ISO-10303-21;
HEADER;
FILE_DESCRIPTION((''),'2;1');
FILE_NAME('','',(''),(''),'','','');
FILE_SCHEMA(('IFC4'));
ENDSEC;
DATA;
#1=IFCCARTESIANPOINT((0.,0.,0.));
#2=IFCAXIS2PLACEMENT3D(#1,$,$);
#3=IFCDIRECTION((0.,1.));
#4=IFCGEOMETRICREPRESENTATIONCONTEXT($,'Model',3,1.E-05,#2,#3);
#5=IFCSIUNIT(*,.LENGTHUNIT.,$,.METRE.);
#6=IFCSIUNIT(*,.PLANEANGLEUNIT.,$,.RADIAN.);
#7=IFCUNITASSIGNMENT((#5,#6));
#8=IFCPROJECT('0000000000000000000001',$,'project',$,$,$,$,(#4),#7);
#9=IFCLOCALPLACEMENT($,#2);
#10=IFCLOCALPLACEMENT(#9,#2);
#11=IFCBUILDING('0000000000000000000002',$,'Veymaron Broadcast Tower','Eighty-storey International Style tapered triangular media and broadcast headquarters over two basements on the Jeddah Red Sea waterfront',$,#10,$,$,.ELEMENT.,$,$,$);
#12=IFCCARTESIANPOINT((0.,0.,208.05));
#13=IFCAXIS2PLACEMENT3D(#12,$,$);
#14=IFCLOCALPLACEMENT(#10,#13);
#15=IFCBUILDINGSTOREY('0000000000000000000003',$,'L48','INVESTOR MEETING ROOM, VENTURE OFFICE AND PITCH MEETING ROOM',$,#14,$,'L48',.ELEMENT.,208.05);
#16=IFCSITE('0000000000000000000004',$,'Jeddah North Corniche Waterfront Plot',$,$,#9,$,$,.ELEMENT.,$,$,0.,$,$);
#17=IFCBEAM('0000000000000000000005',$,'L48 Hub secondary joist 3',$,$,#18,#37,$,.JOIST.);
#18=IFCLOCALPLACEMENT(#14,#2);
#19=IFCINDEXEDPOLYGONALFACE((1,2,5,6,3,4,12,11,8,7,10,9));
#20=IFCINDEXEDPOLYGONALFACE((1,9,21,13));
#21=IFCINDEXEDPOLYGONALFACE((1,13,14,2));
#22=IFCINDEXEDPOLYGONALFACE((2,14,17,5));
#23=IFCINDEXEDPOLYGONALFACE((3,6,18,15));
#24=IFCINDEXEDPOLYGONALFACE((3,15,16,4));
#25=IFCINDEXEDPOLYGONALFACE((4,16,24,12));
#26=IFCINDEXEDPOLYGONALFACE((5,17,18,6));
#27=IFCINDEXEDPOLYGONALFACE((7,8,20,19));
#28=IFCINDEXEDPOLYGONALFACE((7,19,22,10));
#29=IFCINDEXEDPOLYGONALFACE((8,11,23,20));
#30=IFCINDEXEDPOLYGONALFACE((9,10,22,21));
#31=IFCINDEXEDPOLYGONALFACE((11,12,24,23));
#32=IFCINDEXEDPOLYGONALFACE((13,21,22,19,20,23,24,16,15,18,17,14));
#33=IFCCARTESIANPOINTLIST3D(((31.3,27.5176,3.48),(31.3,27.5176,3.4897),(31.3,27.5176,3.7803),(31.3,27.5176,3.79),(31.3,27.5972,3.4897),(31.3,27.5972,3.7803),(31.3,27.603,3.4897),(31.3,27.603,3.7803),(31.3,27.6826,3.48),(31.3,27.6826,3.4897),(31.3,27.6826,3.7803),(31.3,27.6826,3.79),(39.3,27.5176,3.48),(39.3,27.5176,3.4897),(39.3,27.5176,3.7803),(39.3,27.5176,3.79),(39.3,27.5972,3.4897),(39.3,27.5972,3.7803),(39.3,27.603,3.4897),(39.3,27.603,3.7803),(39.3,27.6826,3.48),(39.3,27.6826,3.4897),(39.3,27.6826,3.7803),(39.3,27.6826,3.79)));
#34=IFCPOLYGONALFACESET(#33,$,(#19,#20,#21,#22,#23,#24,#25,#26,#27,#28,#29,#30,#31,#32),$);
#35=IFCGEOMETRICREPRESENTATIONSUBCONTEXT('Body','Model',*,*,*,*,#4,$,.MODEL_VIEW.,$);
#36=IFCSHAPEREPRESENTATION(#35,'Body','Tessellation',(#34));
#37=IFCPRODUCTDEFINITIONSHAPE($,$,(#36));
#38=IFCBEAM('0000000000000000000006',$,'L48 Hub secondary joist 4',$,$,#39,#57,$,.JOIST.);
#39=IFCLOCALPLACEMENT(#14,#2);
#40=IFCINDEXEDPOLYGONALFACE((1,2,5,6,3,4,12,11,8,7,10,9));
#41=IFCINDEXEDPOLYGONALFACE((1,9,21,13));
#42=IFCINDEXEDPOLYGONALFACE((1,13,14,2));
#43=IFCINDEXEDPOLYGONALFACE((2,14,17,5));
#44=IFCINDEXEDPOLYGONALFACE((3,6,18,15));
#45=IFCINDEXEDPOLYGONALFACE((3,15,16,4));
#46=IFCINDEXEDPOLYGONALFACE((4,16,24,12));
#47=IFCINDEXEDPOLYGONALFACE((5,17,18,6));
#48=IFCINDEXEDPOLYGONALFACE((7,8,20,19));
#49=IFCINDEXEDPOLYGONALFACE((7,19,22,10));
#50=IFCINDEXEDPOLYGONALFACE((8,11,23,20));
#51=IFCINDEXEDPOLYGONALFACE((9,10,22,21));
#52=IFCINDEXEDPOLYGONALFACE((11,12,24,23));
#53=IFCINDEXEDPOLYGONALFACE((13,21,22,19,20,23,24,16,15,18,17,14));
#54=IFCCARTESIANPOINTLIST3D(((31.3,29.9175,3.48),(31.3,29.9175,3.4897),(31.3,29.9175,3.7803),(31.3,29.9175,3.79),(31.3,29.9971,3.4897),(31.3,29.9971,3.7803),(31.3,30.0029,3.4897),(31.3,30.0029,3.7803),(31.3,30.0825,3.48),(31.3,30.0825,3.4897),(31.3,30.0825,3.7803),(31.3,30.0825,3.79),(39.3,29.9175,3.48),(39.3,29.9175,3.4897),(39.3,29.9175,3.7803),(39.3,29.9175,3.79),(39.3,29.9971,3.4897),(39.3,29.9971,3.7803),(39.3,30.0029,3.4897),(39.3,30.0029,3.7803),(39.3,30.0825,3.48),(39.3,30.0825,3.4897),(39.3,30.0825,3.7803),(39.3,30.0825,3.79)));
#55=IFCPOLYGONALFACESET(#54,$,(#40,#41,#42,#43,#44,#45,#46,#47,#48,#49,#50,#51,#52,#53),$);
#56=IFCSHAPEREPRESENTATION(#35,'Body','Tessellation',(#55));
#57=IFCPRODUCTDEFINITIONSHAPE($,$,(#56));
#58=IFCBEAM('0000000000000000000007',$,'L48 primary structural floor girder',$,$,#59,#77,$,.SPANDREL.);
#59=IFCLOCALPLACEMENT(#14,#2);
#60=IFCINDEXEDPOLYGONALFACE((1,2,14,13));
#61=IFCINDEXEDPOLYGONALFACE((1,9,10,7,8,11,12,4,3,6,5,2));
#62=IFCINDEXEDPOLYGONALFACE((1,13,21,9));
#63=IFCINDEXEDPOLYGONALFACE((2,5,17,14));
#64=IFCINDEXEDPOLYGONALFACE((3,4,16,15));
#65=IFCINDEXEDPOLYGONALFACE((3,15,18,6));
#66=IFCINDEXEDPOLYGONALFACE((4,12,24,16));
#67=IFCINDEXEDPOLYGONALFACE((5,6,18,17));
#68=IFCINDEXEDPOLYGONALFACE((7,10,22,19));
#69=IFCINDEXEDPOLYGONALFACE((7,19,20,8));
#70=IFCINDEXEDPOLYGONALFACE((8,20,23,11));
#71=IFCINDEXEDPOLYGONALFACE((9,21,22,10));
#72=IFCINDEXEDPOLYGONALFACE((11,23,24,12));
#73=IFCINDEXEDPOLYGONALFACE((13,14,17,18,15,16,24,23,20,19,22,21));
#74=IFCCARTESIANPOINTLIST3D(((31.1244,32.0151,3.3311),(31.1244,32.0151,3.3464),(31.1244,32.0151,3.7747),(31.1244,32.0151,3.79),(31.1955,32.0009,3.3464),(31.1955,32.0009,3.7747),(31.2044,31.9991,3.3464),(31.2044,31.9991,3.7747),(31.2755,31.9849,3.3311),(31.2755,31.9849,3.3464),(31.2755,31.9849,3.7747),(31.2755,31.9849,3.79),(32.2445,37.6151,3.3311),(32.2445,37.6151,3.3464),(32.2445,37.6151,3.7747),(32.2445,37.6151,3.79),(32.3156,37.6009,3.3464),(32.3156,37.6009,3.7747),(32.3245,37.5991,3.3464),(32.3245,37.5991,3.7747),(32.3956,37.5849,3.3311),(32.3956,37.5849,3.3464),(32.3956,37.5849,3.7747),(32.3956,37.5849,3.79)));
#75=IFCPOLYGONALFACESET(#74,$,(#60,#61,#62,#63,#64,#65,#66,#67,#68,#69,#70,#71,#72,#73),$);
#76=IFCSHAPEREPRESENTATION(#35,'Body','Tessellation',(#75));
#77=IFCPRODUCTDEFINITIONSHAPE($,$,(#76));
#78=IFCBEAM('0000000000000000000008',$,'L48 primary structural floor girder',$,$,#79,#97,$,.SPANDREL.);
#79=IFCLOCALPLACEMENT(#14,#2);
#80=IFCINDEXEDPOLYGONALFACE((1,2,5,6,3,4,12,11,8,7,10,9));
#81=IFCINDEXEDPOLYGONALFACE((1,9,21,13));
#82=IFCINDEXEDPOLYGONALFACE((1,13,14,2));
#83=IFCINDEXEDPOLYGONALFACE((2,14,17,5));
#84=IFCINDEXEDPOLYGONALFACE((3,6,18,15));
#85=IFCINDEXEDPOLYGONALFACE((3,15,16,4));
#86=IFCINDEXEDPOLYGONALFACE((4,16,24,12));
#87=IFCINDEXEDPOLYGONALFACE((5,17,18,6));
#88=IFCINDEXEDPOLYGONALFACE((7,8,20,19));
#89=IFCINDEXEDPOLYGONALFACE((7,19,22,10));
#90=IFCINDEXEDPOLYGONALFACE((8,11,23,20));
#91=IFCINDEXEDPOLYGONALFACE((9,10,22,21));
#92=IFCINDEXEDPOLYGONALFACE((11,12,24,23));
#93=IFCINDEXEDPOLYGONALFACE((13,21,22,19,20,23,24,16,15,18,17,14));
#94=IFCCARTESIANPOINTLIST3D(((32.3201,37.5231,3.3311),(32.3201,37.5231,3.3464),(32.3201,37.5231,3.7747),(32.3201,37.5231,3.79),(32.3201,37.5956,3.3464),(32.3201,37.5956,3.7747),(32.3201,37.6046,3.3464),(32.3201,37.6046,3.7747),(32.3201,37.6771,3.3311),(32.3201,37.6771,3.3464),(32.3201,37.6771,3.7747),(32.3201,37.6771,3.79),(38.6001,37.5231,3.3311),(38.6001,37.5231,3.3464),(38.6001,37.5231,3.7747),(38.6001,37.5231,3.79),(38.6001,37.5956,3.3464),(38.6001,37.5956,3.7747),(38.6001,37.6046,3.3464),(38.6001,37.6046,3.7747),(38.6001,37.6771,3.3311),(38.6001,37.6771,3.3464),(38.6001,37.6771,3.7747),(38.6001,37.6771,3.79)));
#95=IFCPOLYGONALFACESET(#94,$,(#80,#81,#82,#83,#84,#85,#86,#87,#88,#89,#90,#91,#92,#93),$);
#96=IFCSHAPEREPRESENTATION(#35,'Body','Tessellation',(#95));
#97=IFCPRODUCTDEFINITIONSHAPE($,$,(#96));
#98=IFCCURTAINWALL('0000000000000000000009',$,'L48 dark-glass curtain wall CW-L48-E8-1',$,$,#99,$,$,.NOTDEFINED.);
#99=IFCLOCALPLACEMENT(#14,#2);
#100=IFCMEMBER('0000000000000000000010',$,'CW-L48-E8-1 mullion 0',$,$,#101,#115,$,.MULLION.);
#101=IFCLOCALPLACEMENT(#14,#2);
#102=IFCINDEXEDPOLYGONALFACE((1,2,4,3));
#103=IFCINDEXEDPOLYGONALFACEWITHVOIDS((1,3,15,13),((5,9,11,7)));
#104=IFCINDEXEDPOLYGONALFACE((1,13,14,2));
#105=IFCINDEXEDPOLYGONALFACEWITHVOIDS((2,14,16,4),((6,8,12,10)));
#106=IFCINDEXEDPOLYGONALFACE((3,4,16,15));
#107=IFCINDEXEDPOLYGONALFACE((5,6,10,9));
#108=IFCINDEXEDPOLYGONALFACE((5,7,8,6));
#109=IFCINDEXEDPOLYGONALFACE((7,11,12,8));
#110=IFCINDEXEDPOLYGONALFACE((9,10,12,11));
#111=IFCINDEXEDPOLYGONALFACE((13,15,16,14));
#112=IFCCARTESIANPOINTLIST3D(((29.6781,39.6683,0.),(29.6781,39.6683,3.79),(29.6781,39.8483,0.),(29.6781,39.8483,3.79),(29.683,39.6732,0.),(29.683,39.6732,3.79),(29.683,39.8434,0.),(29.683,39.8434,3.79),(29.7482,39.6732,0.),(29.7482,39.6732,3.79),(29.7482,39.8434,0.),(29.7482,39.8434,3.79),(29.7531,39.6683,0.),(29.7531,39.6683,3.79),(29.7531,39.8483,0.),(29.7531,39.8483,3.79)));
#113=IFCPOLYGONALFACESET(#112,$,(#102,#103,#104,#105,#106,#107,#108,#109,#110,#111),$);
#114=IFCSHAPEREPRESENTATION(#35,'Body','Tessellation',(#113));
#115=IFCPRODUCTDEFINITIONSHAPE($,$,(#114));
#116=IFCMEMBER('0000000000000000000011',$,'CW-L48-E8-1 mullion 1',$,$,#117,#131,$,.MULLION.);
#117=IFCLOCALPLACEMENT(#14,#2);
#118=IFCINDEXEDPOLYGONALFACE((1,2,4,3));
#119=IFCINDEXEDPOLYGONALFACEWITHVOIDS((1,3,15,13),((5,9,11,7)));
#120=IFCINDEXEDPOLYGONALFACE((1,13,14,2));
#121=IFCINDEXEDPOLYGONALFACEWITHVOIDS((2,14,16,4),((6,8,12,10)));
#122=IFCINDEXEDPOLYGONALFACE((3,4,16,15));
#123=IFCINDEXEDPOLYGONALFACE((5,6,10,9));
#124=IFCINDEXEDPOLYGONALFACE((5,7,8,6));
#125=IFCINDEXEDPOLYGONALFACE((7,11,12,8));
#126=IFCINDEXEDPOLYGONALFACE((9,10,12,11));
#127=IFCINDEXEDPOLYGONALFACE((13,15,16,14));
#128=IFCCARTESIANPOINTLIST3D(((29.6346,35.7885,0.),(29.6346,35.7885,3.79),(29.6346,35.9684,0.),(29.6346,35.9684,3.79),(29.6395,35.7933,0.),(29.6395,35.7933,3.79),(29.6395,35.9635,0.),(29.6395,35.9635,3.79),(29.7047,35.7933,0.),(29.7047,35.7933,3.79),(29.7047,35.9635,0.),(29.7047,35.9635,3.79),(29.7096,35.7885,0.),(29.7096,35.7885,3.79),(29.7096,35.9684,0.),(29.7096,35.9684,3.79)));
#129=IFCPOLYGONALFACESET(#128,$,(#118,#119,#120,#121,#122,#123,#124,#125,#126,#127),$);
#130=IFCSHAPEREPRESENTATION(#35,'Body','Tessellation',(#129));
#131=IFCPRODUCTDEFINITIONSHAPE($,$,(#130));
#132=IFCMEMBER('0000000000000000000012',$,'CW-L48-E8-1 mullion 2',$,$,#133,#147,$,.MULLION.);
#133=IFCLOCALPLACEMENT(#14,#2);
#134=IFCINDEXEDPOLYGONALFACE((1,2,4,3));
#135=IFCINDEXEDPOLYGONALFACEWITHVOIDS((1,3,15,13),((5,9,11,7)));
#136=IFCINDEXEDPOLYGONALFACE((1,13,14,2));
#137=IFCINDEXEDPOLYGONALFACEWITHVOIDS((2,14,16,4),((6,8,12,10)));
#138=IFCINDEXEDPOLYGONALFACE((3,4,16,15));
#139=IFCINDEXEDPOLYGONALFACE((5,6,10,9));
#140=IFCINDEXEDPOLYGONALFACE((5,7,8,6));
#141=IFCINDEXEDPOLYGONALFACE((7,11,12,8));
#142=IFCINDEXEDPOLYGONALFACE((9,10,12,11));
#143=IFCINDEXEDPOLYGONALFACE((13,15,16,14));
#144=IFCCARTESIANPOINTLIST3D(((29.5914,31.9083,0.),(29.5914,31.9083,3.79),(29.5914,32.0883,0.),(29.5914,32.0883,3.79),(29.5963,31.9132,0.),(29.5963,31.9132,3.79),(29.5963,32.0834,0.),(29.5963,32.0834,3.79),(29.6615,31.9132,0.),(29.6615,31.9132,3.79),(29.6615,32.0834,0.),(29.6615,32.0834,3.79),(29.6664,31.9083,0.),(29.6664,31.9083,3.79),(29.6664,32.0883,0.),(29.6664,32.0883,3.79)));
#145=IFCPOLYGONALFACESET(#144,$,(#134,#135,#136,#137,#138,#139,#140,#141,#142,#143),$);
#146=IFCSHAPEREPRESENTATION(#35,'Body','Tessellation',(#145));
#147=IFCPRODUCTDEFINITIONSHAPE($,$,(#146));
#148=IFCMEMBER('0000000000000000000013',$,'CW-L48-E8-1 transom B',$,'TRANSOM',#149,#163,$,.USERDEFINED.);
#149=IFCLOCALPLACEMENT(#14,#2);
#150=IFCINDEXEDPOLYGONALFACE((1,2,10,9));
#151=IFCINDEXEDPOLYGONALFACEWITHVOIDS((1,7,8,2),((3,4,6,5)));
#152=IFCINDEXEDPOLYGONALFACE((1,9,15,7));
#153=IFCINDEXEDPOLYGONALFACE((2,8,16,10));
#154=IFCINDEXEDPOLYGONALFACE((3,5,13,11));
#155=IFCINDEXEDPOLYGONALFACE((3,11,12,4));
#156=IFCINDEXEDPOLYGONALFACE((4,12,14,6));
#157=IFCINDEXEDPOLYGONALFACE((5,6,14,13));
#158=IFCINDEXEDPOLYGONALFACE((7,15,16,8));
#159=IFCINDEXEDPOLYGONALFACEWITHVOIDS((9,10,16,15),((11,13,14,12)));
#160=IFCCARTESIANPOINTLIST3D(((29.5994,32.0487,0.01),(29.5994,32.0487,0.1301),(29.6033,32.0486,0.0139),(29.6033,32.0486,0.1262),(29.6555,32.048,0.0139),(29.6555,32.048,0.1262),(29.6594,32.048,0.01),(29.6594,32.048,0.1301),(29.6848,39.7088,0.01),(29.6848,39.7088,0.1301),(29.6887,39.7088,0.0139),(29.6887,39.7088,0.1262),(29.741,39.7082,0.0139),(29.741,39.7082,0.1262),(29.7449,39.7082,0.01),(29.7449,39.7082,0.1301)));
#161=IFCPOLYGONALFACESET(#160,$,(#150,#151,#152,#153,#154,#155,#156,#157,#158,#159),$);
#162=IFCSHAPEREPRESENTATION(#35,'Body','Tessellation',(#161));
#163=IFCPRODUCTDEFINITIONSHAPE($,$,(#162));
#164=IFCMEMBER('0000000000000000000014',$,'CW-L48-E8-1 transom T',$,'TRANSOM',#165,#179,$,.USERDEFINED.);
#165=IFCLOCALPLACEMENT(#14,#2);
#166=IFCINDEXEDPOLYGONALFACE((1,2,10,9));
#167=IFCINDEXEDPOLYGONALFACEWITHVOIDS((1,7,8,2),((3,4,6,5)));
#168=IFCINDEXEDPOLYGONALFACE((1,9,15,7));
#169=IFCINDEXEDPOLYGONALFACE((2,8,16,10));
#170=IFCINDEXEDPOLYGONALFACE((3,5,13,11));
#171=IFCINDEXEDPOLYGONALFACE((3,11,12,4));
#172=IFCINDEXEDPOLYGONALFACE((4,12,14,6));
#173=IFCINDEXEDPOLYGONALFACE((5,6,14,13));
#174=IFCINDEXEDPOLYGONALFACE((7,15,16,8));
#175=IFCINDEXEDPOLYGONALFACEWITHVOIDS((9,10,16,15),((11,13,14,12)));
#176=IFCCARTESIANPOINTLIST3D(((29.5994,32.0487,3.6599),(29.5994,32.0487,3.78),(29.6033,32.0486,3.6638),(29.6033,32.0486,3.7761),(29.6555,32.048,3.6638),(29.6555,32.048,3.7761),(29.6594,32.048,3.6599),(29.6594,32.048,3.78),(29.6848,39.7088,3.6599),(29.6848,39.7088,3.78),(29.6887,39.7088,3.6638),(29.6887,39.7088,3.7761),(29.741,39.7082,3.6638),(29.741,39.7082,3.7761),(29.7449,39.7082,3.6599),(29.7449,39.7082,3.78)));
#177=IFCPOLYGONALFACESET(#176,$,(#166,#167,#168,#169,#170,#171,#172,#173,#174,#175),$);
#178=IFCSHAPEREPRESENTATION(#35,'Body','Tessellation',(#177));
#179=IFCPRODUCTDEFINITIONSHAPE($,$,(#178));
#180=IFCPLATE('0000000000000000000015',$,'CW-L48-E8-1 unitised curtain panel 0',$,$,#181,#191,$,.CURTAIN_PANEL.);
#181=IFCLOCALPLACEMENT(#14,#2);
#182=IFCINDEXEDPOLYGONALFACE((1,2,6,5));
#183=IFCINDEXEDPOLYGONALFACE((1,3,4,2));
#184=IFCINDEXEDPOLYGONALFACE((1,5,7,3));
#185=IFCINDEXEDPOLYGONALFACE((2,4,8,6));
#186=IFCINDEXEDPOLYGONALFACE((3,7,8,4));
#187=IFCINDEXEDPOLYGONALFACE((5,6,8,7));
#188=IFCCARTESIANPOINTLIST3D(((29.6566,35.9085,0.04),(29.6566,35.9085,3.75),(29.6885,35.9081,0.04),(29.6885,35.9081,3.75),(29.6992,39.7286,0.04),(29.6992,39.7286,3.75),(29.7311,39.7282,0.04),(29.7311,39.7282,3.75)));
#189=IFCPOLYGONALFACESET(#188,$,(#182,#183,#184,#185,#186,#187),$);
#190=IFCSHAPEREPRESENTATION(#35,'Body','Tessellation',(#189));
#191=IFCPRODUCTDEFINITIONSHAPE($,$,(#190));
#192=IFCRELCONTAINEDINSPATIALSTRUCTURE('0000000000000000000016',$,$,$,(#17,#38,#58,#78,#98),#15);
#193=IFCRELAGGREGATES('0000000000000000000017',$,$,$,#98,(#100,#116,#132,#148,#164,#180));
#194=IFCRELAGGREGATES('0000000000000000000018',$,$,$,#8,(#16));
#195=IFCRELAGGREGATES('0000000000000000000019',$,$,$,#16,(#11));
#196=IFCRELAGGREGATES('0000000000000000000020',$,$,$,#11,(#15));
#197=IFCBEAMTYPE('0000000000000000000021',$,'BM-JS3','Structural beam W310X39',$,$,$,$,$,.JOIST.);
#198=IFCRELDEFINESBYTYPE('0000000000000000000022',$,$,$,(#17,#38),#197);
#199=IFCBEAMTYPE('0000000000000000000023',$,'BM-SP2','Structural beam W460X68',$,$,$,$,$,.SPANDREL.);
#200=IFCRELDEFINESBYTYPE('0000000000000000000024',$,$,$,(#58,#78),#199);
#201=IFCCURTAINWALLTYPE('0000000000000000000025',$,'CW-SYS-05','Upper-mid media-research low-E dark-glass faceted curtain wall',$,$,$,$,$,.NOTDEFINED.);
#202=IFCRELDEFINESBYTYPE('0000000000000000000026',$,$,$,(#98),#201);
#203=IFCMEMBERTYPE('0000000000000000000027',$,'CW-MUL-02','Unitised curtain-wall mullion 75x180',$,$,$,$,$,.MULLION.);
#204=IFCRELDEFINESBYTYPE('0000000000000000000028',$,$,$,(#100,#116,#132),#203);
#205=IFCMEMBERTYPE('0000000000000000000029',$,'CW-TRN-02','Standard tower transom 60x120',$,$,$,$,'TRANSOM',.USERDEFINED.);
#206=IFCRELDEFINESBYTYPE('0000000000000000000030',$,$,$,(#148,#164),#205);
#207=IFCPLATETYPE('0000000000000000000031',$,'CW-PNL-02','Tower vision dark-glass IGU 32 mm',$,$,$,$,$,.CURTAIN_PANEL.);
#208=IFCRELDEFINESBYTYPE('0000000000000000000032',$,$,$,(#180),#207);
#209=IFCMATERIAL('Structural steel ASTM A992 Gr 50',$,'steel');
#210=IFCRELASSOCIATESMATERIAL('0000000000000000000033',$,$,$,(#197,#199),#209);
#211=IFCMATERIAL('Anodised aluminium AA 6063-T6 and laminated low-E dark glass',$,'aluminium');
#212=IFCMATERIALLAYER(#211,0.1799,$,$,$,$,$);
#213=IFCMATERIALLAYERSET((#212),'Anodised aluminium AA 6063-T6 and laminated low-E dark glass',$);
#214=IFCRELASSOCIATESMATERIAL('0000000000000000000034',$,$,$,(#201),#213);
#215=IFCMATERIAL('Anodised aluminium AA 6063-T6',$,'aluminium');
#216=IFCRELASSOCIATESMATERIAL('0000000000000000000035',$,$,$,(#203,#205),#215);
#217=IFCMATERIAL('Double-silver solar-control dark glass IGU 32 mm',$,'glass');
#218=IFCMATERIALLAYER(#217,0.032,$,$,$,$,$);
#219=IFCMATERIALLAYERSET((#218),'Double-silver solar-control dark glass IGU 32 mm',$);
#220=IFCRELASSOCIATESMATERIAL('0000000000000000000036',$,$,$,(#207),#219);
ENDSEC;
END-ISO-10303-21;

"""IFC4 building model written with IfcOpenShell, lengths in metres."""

from ifc_helpers import new_model, si_unit, direction, frame, origin, origin_2d, place, context, subcontext, project, spatial, rectangle, hollow_rectangle, i_section, extrude, material, layer, layer_set, material_profile, profile_set, type_object, element, aggregate, save


model = new_model("IFC4")

# Units and contexts
model_context = context("Model", 3, precision=1e-05, world=origin(), true_north=direction((0.0, 1.0)))
body_context = subcontext(model_context, "Body", "Model", "MODEL_VIEW")
ifc_project = project(units=[si_unit("LENGTHUNIT", "METRE"), si_unit("PLANEANGLEUNIT", "RADIAN")], contexts=[model_context])

# Site, building, storey
site_placement = place(None, origin())
site = spatial("IfcSite", under=ifc_project, at=site_placement, Name="Jeddah North Corniche Waterfront Plot", CompositionType="ELEMENT", RefElevation=0.0)
building_placement = place(site_placement, origin())
building = spatial("IfcBuilding", under=site, at=building_placement, Name="Veymaron Broadcast Tower", Description="Eighty-storey International Style tapered triangular media and broadcast headquarters over two basements on the Jeddah Red Sea waterfront", CompositionType="ELEMENT")
storey_placement = place(building_placement, frame((0.0, 0.0, 208.05)))
storey = spatial("IfcBuildingStorey", under=building, at=storey_placement, Name="L48", Description="INVESTOR MEETING ROOM, VENTURE OFFICE AND PITCH MEETING ROOM", LongName="L48", CompositionType="ELEMENT", Elevation=208.05)

# Shared definitions
ifc_material_1 = material(Name="Structural steel ASTM A992 Gr 50", Category="steel")

# Beams
ifc_material_profile_1 = material_profile(ifc_material_1, i_section(OverallWidth=0.165, OverallDepth=0.3101, WebThickness=0.0059, FlangeThickness=0.0098, at=origin_2d()), Name="W310X39")
ifc_profile_set_1 = profile_set([ifc_material_profile_1], Name="Structural steel ASTM A992 Gr 50")
beam_type_1 = type_object("IfcBeamType", Name="BM-JS3", Description="Structural beam W310X39", PredefinedType="JOIST", material=ifc_profile_set_1)
for number, where, z_axis, x_axis, name in (
    (1, (31.3, 27.6001, 3.635), (1.0, 0.0, 0.0), (0.0, 1.0, 0.0), "L48 Hub secondary joist 3"),
    (2, (31.3, 30.0, 3.635), (1.0, 0.0, 0.0), (0.0, 1.0, 0.0), "L48 Hub secondary joist 4"),
):
    element("IfcBeam", number, at=place(storey_placement, frame(where, z_axis=z_axis, x_axis=x_axis)), inside=storey, type_object=beam_type_1, Name=name, PredefinedType="JOIST", context=body_context, shape_type="SweptSolid", body=[
        extrude(i_section(OverallWidth=0.165, OverallDepth=0.3101, WebThickness=0.0059, FlangeThickness=0.0098, at=origin_2d()), origin(), (0.0, 0.0, 1.0), 8.0),
    ])
ifc_material_profile_2 = material_profile(ifc_material_1, i_section(OverallWidth=0.1541, OverallDepth=0.459, WebThickness=0.009, FlangeThickness=0.0154, at=origin_2d()), Name="W460X68")
ifc_profile_set_2 = profile_set([ifc_material_profile_2], Name="Structural steel ASTM A992 Gr 50")
beam_type_2 = type_object("IfcBeamType", Name="BM-SP2", Description="Structural beam W460X68", PredefinedType="SPANDREL", material=ifc_profile_set_2)
beam_1_placement = place(storey_placement, frame((31.2, 32.0, 3.5605), z_axis=(0.196133, 0.980577, 0.0), x_axis=(-0.980577, 0.196133, 0.0)))
element("IfcBeam", 3, at=beam_1_placement, inside=storey, type_object=beam_type_2, Name="L48 primary structural floor girder", PredefinedType="SPANDREL", context=body_context, shape_type="SweptSolid", body=[
    extrude(i_section(OverallWidth=0.1541, OverallDepth=0.459, WebThickness=0.009, FlangeThickness=0.0154, at=origin_2d()), origin(), (0.0, 0.0, 1.0), 5.7109),
])
beam_2_placement = place(storey_placement, frame((32.3201, 37.6001, 3.5605), z_axis=(1.0, 0.0, 0.0), x_axis=(0.0, 1.0, 0.0)))
element("IfcBeam", 4, at=beam_2_placement, inside=storey, type_object=beam_type_2, Name="L48 primary structural floor girder", PredefinedType="SPANDREL", context=body_context, shape_type="SweptSolid", body=[
    extrude(i_section(OverallWidth=0.1541, OverallDepth=0.459, WebThickness=0.009, FlangeThickness=0.0154, at=origin_2d()), origin(), (0.0, 0.0, 1.0), 6.28),
])

# Curtain wall, members, plate
ifc_material_2 = material(Name="Anodised aluminium AA 6063-T6 and laminated low-E dark glass", Category="aluminium")
ifc_layer_1 = layer(ifc_material_2, 0.1799)
ifc_layer_set_1 = layer_set([ifc_layer_1], Name="Anodised aluminium AA 6063-T6 and laminated low-E dark glass")
curtain_wall_type = type_object("IfcCurtainWallType", Name="CW-SYS-05", Description="Upper-mid media-research low-E dark-glass faceted curtain wall", PredefinedType="NOTDEFINED", material=ifc_layer_set_1)
curtain_wall_placement = place(storey_placement, origin())
curtain_wall = element("IfcCurtainWall", 5, at=curtain_wall_placement, inside=storey, type_object=curtain_wall_type, Name="L48 dark-glass curtain wall CW-L48-E8-1", PredefinedType="NOTDEFINED")
ifc_material_3 = material(Name="Anodised aluminium AA 6063-T6", Category="aluminium")
ifc_material_profile_3 = material_profile(ifc_material_3, hollow_rectangle(XDim=0.075, YDim=0.1799, WallThickness=0.0049, at=origin_2d()), Name="AL180X75X5")
ifc_profile_set_3 = profile_set([ifc_material_profile_3], Name="Anodised aluminium AA 6063-T6")
member_type_1 = type_object("IfcMemberType", Name="CW-MUL-02", Description="Unitised curtain-wall mullion 75x180", PredefinedType="MULLION", material=ifc_profile_set_3)
member_1_placement = place(storey_placement, frame((29.7156, 39.7583, 0.0), z_axis=(0.0, 0.0, 1.0), x_axis=(1.0, 0.0, 0.0)))
member_1 = element("IfcMember", 6, at=member_1_placement, type_object=member_type_1, Name="CW-L48-E8-1 mullion 0", PredefinedType="MULLION", context=body_context, shape_type="SweptSolid", body=[
    extrude(hollow_rectangle(XDim=0.075, YDim=0.1799, WallThickness=0.0049, at=origin_2d()), origin(), (0.0, 0.0, 1.0), 3.79),
])
member_2_placement = place(storey_placement, frame((29.6721, 35.8784, 0.0), z_axis=(0.0, 0.0, 1.0), x_axis=(1.0, 0.0, 0.0)))
member_2 = element("IfcMember", 7, at=member_2_placement, type_object=member_type_1, Name="CW-L48-E8-1 mullion 1", PredefinedType="MULLION", context=body_context, shape_type="SweptSolid", body=[
    extrude(hollow_rectangle(XDim=0.075, YDim=0.1799, WallThickness=0.0049, at=origin_2d()), origin(), (0.0, 0.0, 1.0), 3.79),
])
member_3_placement = place(storey_placement, frame((29.6289, 31.9983, 0.0), z_axis=(0.0, 0.0, 1.0), x_axis=(1.0, 0.0, 0.0)))
member_3 = element("IfcMember", 8, at=member_3_placement, type_object=member_type_1, Name="CW-L48-E8-1 mullion 2", PredefinedType="MULLION", context=body_context, shape_type="SweptSolid", body=[
    extrude(hollow_rectangle(XDim=0.075, YDim=0.1799, WallThickness=0.0049, at=origin_2d()), origin(), (0.0, 0.0, 1.0), 3.79),
])
ifc_material_profile_4 = material_profile(ifc_material_3, hollow_rectangle(XDim=0.0601, YDim=0.1201, WallThickness=0.0039, at=origin_2d()), Name="AL120X60X4")
ifc_profile_set_4 = profile_set([ifc_material_profile_4], Name="Anodised aluminium AA 6063-T6")
member_type_2 = type_object("IfcMemberType", Name="CW-TRN-02", Description="Standard tower transom 60x120", ElementType="TRANSOM", PredefinedType="USERDEFINED", material=ifc_profile_set_4)
member_4_placement = place(storey_placement, frame((29.7148, 39.7085, 0.0701), z_axis=(-0.011154, -0.999938, 0.0), x_axis=(0.999938, -0.011154, 0.0)))
member_4 = element("IfcMember", 9, at=member_4_placement, type_object=member_type_2, Name="CW-L48-E8-1 transom B", ObjectType="TRANSOM", PredefinedType="USERDEFINED", context=body_context, shape_type="SweptSolid", body=[
    extrude(hollow_rectangle(XDim=0.0601, YDim=0.1201, WallThickness=0.0039, at=origin_2d()), origin(), (0.0, 0.0, 1.0), 7.6606),
])
member_5_placement = place(storey_placement, frame((29.7148, 39.7085, 3.72), z_axis=(-0.011154, -0.999938, 0.0), x_axis=(0.999938, -0.011154, 0.0)))
member_5 = element("IfcMember", 10, at=member_5_placement, type_object=member_type_2, Name="CW-L48-E8-1 transom T", ObjectType="TRANSOM", PredefinedType="USERDEFINED", context=body_context, shape_type="SweptSolid", body=[
    extrude(hollow_rectangle(XDim=0.0601, YDim=0.1201, WallThickness=0.0039, at=origin_2d()), origin(), (0.0, 0.0, 1.0), 7.6606),
])
ifc_material_4 = material(Name="Double-silver solar-control dark glass IGU 32 mm", Category="glass")
ifc_layer_2 = layer(ifc_material_4, 0.032)
ifc_layer_set_2 = layer_set([ifc_layer_2], Name="Double-silver solar-control dark glass IGU 32 mm")
plate_type = type_object("IfcPlateType", Name="CW-PNL-02", Description="Tower vision dark-glass IGU 32 mm", PredefinedType="CURTAIN_PANEL", material=ifc_layer_set_2)
plate_1_placement = place(storey_placement, frame((29.6938, 37.8184, 0.04), z_axis=(0.0, 0.0, 1.0), x_axis=(-0.011152, -0.999938, 0.0)))
plate_1 = element("IfcPlate", 11, at=plate_1_placement, type_object=plate_type, Name="CW-L48-E8-1 unitised curtain panel 0", PredefinedType="CURTAIN_PANEL", context=body_context, shape_type="SweptSolid", body=[
    extrude(rectangle(XDim=3.8203, YDim=0.032, at=origin_2d()), origin(), (0.0, 0.0, 1.0), 3.71),
])
aggregate(curtain_wall, [member_1, member_2, member_3, member_4, member_5, plate_1])

save(model, "model.ifc")
